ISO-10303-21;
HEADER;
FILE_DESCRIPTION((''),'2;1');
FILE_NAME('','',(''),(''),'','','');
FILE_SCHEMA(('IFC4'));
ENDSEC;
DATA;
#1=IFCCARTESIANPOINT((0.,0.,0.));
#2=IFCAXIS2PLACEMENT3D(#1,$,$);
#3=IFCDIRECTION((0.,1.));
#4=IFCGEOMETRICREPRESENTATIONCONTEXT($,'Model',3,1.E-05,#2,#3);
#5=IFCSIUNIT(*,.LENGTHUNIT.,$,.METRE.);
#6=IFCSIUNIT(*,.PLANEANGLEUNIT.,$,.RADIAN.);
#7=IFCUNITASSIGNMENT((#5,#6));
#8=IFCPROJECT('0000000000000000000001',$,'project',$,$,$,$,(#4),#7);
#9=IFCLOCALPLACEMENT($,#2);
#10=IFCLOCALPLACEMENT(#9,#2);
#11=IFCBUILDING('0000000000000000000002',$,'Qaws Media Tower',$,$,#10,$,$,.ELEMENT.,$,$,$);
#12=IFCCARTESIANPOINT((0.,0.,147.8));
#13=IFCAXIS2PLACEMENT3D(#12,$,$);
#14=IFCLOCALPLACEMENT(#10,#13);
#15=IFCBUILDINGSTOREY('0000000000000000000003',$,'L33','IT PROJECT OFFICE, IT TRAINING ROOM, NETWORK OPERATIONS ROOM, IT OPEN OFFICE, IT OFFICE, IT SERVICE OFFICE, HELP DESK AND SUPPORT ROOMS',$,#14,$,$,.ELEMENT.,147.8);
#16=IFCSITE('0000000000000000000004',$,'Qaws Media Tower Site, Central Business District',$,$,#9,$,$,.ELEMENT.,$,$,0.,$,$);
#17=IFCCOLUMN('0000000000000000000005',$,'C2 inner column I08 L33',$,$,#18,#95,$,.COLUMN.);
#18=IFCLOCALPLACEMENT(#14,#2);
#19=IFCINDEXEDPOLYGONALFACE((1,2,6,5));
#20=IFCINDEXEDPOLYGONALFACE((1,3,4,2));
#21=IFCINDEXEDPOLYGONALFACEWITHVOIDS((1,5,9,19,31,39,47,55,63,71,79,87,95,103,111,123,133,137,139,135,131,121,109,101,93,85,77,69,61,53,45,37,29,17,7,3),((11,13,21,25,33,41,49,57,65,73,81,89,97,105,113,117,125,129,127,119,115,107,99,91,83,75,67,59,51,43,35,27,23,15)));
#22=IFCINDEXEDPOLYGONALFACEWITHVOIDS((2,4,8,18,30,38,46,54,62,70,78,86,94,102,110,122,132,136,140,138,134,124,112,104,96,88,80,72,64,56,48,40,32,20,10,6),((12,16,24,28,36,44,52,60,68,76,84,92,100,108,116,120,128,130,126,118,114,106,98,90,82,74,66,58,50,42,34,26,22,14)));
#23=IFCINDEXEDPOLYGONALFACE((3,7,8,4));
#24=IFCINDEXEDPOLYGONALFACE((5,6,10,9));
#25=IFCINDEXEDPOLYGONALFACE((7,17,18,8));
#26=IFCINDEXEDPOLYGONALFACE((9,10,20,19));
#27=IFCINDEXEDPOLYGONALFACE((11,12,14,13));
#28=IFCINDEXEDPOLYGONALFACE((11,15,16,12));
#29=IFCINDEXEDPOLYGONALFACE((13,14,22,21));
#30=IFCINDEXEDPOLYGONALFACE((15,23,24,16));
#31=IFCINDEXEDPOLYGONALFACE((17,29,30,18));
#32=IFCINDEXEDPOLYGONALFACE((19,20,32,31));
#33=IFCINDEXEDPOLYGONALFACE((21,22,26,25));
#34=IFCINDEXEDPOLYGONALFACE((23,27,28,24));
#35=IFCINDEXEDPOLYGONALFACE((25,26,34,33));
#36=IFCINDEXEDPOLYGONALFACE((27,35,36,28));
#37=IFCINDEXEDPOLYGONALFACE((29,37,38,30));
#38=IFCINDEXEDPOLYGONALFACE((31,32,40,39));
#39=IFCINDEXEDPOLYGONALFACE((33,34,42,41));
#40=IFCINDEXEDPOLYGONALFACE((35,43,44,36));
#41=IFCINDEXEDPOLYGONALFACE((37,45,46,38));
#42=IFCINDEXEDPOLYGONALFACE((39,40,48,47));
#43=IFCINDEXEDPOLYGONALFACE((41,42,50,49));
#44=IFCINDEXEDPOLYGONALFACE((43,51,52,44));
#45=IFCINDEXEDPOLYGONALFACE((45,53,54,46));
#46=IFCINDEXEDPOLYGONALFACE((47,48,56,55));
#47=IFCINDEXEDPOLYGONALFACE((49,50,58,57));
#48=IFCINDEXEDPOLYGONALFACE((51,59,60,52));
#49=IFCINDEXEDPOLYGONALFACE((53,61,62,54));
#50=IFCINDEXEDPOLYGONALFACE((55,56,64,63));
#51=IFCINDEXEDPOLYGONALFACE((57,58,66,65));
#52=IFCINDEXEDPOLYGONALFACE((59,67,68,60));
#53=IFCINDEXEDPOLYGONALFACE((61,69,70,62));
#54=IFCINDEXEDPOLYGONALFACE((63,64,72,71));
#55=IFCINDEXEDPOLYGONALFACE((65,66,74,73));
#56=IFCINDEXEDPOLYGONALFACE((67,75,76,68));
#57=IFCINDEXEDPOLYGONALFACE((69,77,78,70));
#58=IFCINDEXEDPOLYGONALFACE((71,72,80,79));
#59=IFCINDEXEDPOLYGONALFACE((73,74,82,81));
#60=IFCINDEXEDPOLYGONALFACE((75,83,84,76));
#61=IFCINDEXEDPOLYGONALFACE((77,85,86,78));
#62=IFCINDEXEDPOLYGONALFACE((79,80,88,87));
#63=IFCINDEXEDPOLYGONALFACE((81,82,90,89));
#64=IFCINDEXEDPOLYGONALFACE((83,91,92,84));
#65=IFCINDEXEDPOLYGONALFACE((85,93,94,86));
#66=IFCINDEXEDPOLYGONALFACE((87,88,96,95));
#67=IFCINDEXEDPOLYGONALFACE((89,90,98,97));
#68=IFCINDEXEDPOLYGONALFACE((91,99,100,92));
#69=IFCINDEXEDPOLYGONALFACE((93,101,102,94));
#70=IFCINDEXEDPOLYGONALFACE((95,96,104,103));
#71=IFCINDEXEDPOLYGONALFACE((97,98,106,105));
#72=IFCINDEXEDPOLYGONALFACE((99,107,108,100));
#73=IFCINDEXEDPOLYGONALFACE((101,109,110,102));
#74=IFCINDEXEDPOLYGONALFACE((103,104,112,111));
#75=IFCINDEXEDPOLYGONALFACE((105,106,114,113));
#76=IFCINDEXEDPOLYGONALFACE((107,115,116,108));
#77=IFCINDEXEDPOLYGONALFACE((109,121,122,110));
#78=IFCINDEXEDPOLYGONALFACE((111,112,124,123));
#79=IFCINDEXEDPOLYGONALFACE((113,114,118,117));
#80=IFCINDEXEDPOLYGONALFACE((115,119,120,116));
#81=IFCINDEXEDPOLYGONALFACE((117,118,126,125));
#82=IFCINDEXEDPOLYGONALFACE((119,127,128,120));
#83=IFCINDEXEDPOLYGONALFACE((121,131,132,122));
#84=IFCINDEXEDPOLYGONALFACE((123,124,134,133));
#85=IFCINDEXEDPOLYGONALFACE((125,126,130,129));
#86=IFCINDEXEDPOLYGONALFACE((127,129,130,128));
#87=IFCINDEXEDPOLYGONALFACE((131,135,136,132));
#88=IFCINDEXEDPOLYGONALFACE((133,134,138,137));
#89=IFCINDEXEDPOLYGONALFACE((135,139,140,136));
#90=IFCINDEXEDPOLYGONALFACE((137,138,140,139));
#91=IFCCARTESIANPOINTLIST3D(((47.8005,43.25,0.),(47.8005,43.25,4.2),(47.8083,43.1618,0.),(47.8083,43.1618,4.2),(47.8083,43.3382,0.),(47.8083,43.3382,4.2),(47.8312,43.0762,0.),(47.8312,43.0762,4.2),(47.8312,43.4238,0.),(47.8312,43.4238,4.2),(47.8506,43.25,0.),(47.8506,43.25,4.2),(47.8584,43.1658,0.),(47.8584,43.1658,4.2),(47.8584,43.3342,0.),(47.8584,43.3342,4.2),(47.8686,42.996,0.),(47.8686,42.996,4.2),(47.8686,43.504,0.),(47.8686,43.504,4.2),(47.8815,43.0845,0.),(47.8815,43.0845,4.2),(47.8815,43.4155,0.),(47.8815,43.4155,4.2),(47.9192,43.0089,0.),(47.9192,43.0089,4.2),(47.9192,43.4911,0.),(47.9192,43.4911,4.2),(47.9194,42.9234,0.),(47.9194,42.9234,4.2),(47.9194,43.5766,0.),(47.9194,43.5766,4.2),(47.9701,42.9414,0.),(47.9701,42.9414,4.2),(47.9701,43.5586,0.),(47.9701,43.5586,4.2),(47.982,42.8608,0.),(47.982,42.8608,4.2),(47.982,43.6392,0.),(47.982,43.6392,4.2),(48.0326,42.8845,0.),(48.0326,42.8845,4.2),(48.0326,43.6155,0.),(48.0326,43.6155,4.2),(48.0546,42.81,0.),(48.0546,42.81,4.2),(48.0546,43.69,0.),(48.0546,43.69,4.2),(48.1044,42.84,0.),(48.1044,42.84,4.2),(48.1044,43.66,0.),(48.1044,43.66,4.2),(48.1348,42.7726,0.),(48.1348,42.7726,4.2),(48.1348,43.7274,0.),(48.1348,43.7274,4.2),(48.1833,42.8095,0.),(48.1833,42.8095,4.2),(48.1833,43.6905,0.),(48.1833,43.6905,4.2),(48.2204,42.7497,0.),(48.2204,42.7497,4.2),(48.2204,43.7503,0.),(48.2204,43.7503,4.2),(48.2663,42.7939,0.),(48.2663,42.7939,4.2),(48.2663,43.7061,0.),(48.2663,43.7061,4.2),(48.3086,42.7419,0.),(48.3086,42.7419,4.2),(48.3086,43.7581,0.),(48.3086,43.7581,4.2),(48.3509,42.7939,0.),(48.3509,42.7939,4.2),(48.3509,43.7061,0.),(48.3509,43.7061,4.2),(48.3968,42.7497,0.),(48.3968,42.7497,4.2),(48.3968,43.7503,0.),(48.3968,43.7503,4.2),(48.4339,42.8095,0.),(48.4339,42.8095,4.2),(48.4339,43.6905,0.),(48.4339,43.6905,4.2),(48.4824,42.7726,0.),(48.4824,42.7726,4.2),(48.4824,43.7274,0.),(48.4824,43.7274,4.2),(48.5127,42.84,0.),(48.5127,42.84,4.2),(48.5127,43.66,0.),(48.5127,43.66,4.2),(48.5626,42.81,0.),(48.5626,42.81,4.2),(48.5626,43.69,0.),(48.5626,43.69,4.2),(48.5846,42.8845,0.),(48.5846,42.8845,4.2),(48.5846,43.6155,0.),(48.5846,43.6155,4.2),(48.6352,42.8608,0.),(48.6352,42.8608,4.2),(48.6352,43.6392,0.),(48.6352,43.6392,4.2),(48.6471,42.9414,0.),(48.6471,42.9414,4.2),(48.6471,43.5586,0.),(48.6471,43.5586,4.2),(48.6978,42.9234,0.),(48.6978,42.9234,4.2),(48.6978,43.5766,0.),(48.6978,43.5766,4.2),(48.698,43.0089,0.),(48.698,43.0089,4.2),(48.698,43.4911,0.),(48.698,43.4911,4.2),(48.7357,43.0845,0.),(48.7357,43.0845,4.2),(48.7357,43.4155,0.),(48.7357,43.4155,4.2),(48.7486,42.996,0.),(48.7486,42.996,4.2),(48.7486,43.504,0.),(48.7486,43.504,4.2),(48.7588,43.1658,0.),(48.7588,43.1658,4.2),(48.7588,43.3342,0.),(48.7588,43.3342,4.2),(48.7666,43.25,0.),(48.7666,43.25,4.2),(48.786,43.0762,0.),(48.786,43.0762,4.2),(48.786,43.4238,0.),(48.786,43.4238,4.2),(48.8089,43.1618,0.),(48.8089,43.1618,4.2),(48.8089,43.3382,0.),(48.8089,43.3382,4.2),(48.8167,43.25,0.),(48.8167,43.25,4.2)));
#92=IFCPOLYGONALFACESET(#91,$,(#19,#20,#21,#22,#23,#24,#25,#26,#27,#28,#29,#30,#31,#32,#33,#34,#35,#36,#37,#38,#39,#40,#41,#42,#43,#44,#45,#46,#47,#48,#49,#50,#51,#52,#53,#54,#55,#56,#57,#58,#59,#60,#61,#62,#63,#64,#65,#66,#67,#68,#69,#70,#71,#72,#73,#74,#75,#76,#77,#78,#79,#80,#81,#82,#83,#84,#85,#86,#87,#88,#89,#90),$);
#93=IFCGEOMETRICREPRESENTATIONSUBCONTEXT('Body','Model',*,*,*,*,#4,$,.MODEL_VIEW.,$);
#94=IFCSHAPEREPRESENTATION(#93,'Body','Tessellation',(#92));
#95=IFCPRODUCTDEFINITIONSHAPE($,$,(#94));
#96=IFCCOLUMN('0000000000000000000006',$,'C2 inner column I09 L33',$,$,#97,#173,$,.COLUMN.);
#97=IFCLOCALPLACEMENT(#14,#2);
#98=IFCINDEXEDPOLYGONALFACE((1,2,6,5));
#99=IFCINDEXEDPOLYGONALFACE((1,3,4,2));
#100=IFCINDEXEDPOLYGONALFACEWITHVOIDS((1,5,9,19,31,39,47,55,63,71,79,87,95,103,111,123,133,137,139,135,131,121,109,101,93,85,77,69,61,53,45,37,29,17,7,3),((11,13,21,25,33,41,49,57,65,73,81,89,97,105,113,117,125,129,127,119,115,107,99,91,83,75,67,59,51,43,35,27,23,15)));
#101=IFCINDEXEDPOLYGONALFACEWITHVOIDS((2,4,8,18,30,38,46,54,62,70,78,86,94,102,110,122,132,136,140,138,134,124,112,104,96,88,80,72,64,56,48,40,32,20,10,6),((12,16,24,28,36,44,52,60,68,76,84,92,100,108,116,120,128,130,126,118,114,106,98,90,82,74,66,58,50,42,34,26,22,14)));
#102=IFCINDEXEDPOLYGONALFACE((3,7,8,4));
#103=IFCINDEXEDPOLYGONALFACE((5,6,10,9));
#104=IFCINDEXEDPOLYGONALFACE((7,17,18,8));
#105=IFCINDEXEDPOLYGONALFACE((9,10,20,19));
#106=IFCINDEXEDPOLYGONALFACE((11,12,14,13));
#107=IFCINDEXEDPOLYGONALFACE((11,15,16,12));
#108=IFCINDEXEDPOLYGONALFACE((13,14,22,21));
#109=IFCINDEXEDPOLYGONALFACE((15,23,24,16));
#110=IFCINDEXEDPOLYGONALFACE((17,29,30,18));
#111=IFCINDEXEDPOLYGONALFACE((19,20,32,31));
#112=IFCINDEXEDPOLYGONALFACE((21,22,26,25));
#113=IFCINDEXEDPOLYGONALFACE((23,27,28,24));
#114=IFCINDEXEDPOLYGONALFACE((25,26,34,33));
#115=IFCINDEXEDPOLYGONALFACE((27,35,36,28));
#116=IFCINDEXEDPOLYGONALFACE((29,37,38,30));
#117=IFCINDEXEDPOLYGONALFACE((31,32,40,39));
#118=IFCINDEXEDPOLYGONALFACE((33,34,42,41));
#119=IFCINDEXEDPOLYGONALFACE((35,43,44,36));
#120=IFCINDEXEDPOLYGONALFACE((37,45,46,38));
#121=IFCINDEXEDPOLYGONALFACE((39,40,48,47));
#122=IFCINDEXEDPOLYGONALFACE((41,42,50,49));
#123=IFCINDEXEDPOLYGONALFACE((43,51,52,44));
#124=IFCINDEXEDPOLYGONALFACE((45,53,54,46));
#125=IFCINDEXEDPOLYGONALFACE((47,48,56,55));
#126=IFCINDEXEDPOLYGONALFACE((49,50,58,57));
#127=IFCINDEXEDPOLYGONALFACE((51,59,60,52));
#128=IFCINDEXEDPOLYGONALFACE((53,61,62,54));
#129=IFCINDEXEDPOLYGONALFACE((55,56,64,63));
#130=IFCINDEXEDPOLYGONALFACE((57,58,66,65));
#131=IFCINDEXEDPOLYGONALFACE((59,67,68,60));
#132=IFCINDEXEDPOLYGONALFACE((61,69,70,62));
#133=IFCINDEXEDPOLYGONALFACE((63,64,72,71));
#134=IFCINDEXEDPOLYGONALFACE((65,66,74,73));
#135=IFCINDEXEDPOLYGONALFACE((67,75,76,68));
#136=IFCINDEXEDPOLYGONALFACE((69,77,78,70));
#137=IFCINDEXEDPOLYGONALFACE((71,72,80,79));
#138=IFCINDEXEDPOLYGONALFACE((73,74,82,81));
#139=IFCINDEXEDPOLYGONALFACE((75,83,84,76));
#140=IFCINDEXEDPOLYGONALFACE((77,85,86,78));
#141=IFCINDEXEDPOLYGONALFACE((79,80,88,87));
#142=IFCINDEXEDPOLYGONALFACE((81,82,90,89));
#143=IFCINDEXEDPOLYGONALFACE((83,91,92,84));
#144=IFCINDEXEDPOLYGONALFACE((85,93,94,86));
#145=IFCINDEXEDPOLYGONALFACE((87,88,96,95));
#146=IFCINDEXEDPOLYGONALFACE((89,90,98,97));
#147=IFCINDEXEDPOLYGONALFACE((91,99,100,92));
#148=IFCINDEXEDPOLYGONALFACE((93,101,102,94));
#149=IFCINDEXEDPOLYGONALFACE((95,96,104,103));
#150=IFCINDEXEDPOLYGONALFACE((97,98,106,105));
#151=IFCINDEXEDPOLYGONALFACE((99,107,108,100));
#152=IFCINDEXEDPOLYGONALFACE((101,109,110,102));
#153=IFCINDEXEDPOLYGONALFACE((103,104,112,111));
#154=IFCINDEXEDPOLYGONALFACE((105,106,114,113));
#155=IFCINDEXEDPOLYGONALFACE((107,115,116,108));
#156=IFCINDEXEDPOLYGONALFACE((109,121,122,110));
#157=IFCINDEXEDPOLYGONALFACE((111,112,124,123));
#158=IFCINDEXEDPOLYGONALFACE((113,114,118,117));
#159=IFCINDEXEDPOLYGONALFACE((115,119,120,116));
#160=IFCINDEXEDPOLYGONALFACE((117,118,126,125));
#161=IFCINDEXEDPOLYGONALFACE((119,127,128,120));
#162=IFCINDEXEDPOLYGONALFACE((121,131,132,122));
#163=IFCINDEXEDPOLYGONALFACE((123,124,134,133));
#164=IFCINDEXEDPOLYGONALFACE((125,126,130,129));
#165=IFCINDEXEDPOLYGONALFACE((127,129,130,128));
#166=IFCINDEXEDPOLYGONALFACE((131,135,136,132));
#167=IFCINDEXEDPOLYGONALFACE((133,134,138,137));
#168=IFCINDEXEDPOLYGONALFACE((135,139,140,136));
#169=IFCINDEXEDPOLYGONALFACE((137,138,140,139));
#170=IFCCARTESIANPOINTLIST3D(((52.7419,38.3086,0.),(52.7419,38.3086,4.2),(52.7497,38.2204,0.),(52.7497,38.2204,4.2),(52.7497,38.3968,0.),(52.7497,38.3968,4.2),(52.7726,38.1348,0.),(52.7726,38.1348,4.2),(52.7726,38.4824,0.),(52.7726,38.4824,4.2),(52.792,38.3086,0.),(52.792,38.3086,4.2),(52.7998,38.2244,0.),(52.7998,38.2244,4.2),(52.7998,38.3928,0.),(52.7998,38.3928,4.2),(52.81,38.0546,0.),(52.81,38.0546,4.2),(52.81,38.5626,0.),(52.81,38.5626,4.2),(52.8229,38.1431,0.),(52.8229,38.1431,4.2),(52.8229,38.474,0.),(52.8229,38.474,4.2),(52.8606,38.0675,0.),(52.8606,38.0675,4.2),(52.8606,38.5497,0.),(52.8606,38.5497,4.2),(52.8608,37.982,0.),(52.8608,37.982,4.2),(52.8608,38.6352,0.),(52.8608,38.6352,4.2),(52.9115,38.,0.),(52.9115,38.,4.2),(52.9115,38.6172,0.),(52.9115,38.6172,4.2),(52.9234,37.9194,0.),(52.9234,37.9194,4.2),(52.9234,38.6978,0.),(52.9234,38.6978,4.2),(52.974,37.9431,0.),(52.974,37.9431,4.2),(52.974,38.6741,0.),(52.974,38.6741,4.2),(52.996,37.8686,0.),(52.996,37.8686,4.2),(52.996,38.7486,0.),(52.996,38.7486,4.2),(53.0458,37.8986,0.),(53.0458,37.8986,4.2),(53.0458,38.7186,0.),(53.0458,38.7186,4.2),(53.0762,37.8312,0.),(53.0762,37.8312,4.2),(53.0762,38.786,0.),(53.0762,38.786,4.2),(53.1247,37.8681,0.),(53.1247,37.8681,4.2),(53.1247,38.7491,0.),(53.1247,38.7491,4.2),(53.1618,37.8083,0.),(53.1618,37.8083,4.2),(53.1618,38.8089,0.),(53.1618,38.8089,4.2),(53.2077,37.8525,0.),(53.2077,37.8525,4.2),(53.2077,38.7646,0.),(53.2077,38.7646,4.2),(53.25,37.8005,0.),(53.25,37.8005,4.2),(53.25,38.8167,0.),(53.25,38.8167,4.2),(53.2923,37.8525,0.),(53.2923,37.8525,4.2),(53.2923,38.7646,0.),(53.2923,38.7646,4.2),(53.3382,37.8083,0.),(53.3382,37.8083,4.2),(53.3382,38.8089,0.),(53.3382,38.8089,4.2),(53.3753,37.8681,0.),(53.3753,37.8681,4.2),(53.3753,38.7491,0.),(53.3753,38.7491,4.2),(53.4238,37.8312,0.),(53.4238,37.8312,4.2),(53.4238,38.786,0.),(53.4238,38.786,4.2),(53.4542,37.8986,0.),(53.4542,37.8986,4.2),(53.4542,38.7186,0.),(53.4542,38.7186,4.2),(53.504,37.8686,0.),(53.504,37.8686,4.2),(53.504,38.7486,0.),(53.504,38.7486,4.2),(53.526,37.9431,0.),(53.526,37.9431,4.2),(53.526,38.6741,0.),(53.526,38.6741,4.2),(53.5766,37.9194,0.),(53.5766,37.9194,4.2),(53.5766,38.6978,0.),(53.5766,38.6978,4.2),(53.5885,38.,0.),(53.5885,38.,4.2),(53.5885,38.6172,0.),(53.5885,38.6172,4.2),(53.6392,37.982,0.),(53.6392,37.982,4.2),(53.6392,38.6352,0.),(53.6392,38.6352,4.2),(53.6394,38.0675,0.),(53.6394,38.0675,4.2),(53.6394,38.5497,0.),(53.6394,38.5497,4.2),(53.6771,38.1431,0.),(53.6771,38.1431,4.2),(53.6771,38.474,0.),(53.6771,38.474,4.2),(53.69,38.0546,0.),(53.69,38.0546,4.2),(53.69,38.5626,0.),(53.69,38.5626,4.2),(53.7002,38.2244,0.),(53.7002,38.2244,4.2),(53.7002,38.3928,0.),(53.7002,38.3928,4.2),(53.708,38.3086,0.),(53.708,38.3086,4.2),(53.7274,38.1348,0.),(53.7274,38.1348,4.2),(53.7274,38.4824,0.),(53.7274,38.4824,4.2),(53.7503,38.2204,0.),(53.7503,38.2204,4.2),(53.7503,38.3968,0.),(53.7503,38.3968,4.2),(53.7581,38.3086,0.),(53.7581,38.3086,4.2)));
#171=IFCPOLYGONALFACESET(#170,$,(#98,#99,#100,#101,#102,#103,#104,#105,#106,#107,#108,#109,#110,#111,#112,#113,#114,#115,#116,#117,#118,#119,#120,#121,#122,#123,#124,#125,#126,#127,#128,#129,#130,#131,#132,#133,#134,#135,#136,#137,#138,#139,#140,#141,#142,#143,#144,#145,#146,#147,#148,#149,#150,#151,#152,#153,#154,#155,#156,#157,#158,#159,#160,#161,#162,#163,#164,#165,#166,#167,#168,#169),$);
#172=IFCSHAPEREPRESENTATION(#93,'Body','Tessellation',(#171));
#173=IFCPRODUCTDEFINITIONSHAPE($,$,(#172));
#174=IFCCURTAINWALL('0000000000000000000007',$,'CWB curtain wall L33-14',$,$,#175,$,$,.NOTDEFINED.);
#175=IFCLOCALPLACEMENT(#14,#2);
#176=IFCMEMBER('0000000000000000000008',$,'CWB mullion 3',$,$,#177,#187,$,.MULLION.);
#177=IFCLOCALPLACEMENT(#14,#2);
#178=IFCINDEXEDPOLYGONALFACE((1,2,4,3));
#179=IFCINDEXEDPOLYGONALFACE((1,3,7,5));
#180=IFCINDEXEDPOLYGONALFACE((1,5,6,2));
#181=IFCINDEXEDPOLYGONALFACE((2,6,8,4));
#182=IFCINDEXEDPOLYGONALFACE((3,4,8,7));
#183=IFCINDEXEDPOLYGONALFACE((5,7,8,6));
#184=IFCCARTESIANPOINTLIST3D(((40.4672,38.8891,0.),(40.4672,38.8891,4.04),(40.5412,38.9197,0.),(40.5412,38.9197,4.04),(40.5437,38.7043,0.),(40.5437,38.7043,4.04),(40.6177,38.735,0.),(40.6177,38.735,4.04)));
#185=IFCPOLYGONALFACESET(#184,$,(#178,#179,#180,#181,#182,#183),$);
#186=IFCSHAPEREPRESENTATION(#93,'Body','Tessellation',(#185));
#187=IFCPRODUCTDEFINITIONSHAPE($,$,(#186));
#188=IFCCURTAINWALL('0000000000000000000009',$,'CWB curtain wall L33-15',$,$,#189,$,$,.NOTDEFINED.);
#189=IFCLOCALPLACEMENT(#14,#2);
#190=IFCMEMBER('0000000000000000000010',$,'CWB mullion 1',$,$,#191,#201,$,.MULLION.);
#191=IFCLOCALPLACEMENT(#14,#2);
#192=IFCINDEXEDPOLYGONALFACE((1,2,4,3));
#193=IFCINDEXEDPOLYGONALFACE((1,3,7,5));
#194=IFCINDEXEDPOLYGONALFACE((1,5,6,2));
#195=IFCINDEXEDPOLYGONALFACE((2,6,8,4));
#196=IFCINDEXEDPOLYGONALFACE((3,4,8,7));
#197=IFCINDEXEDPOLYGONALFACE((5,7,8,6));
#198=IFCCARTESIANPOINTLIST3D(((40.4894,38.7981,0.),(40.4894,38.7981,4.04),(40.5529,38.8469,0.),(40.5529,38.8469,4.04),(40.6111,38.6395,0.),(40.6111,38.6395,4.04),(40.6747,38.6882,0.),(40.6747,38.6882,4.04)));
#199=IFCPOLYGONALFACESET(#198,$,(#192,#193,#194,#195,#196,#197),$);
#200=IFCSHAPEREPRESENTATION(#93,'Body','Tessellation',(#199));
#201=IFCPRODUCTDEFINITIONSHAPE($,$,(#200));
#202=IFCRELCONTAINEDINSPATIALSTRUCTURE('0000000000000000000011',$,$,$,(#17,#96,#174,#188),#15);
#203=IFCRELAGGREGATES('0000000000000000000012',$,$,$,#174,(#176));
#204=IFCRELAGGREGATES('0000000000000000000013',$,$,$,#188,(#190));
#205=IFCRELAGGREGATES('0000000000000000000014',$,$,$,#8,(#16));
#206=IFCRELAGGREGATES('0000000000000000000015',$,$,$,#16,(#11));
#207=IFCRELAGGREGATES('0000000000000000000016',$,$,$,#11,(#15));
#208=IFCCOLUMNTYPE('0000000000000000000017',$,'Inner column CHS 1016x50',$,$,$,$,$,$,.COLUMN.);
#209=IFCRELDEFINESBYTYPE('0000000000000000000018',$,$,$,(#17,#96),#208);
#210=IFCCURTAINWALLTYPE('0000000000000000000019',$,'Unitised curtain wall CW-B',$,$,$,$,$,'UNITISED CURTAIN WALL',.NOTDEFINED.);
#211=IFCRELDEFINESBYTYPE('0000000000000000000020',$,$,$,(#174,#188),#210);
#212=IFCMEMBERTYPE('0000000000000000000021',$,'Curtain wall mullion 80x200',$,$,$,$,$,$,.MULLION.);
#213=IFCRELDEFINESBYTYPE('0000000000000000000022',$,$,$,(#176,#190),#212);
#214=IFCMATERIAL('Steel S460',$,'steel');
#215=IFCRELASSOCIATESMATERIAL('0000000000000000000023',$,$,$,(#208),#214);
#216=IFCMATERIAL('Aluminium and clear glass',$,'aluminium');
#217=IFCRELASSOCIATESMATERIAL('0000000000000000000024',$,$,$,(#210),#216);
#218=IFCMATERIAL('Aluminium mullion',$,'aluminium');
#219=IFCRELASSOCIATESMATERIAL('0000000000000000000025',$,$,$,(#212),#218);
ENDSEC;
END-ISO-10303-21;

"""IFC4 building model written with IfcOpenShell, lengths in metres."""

from ifc_helpers import new_model, si_unit, direction, frame, origin, origin_2d, place, context, subcontext, project, spatial, rectangle, hollow_circle, extrude, material, material_profile, profile_set, type_object, element, aggregate, save


model = new_model("IFC4")

# Units and contexts
model_context = context("Model", 3, precision=1e-05, world=origin(), true_north=direction((0.0, 1.0)))
body_context = subcontext(model_context, "Body", "Model", "MODEL_VIEW")
ifc_project = project(units=[si_unit("LENGTHUNIT", "METRE"), si_unit("PLANEANGLEUNIT", "RADIAN")], contexts=[model_context])

# Site, building, storey
site_placement = place(None, origin())
site = spatial("IfcSite", under=ifc_project, at=site_placement, Name="Qaws Media Tower Site, Central Business District", CompositionType="ELEMENT", RefElevation=0.0)
building_placement = place(site_placement, origin())
building = spatial("IfcBuilding", under=site, at=building_placement, Name="Qaws Media Tower", CompositionType="ELEMENT")
storey_placement = place(building_placement, frame((0.0, 0.0, 147.8)))
storey = spatial("IfcBuildingStorey", under=building, at=storey_placement, Name="L33", Description="IT PROJECT OFFICE, IT TRAINING ROOM, NETWORK OPERATIONS ROOM, IT OPEN OFFICE, IT OFFICE, IT SERVICE OFFICE, HELP DESK AND SUPPORT ROOMS", CompositionType="ELEMENT", Elevation=147.8)

# Columns
ifc_material_1 = material(Name="Steel S460", Category="steel")
ifc_material_profile_1 = material_profile(ifc_material_1, hollow_circle(Radius=0.5081, WallThickness=0.05, at=origin_2d()), Name="CHS 1016x50")
ifc_profile_set_1 = profile_set([ifc_material_profile_1], Name="Steel S460")
column_type = type_object("IfcColumnType", Name="Inner column CHS 1016x50", PredefinedType="COLUMN", material=ifc_profile_set_1)
for number, where, z_axis, x_axis, name in (
    (1, (48.3086, 43.25, 0.0), (0.0, 0.0, 1.0), (1.0, 0.0, 0.0), "C2 inner column I08 L33"),
    (2, (53.25, 38.3086, 0.0), (0.0, 0.0, 1.0), (1.0, 0.0, 0.0), "C2 inner column I09 L33"),
):
    element("IfcColumn", number, at=place(storey_placement, frame(where, z_axis=z_axis, x_axis=x_axis)), inside=storey, type_object=column_type, Name=name, PredefinedType="COLUMN", context=body_context, shape_type="SweptSolid", body=[
        extrude(hollow_circle(Radius=0.5081, WallThickness=0.05, at=origin_2d()), origin(), (0.0, 0.0, 1.0), 4.2),
    ])

# Curtain wall, member
ifc_material_2 = material(Name="Aluminium and clear glass", Category="aluminium")
curtain_wall_type = type_object("IfcCurtainWallType", Name="Unitised curtain wall CW-B", ElementType="UNITISED CURTAIN WALL", PredefinedType="NOTDEFINED", material=ifc_material_2)
curtain_wall_1_placement = place(storey_placement, origin())
curtain_wall_1 = element("IfcCurtainWall", 3, at=curtain_wall_1_placement, inside=storey, type_object=curtain_wall_type, Name="CWB curtain wall L33-14", PredefinedType="NOTDEFINED")
ifc_material_3 = material(Name="Aluminium mullion", Category="aluminium")
ifc_material_profile_2 = material_profile(ifc_material_3, rectangle(XDim=0.0801, YDim=0.2, at=origin_2d()), Name="80x200")
ifc_profile_set_2 = profile_set([ifc_material_profile_2], Name="Aluminium mullion")
member_type_1 = type_object("IfcMemberType", Name="Curtain wall mullion 80x200", PredefinedType="MULLION", material=ifc_profile_set_2)
member_1_placement = place(storey_placement, frame((40.5425, 38.812, 0.0), z_axis=(0.0, 0.0, 1.0), x_axis=(0.923879, 0.382684, 0.0)))
member_1 = element("IfcMember", 4, at=member_1_placement, type_object=member_type_1, Name="CWB mullion 3", PredefinedType="MULLION", context=body_context, shape_type="SweptSolid", body=[
    extrude(rectangle(XDim=0.0801, YDim=0.2, at=origin_2d()), origin(), (0.0, 0.0, 1.0), 4.04),
])

# Curtain wall, member
curtain_wall_2_placement = place(storey_placement, origin())
curtain_wall_2 = element("IfcCurtainWall", 5, at=curtain_wall_2_placement, inside=storey, type_object=curtain_wall_type, Name="CWB curtain wall L33-15", PredefinedType="NOTDEFINED")
member_2_placement = place(storey_placement, frame((40.582, 38.7432, 0.0), z_axis=(0.0, 0.0, 1.0), x_axis=(0.793353, 0.608761, 0.0)))
member_2 = element("IfcMember", 6, at=member_2_placement, type_object=member_type_1, Name="CWB mullion 1", PredefinedType="MULLION", context=body_context, shape_type="SweptSolid", body=[
    extrude(rectangle(XDim=0.0801, YDim=0.2, at=origin_2d()), origin(), (0.0, 0.0, 1.0), 4.04),
])

aggregate(curtain_wall_1, [member_1])
aggregate(curtain_wall_2, [member_2])

save(model, "model.ifc")
